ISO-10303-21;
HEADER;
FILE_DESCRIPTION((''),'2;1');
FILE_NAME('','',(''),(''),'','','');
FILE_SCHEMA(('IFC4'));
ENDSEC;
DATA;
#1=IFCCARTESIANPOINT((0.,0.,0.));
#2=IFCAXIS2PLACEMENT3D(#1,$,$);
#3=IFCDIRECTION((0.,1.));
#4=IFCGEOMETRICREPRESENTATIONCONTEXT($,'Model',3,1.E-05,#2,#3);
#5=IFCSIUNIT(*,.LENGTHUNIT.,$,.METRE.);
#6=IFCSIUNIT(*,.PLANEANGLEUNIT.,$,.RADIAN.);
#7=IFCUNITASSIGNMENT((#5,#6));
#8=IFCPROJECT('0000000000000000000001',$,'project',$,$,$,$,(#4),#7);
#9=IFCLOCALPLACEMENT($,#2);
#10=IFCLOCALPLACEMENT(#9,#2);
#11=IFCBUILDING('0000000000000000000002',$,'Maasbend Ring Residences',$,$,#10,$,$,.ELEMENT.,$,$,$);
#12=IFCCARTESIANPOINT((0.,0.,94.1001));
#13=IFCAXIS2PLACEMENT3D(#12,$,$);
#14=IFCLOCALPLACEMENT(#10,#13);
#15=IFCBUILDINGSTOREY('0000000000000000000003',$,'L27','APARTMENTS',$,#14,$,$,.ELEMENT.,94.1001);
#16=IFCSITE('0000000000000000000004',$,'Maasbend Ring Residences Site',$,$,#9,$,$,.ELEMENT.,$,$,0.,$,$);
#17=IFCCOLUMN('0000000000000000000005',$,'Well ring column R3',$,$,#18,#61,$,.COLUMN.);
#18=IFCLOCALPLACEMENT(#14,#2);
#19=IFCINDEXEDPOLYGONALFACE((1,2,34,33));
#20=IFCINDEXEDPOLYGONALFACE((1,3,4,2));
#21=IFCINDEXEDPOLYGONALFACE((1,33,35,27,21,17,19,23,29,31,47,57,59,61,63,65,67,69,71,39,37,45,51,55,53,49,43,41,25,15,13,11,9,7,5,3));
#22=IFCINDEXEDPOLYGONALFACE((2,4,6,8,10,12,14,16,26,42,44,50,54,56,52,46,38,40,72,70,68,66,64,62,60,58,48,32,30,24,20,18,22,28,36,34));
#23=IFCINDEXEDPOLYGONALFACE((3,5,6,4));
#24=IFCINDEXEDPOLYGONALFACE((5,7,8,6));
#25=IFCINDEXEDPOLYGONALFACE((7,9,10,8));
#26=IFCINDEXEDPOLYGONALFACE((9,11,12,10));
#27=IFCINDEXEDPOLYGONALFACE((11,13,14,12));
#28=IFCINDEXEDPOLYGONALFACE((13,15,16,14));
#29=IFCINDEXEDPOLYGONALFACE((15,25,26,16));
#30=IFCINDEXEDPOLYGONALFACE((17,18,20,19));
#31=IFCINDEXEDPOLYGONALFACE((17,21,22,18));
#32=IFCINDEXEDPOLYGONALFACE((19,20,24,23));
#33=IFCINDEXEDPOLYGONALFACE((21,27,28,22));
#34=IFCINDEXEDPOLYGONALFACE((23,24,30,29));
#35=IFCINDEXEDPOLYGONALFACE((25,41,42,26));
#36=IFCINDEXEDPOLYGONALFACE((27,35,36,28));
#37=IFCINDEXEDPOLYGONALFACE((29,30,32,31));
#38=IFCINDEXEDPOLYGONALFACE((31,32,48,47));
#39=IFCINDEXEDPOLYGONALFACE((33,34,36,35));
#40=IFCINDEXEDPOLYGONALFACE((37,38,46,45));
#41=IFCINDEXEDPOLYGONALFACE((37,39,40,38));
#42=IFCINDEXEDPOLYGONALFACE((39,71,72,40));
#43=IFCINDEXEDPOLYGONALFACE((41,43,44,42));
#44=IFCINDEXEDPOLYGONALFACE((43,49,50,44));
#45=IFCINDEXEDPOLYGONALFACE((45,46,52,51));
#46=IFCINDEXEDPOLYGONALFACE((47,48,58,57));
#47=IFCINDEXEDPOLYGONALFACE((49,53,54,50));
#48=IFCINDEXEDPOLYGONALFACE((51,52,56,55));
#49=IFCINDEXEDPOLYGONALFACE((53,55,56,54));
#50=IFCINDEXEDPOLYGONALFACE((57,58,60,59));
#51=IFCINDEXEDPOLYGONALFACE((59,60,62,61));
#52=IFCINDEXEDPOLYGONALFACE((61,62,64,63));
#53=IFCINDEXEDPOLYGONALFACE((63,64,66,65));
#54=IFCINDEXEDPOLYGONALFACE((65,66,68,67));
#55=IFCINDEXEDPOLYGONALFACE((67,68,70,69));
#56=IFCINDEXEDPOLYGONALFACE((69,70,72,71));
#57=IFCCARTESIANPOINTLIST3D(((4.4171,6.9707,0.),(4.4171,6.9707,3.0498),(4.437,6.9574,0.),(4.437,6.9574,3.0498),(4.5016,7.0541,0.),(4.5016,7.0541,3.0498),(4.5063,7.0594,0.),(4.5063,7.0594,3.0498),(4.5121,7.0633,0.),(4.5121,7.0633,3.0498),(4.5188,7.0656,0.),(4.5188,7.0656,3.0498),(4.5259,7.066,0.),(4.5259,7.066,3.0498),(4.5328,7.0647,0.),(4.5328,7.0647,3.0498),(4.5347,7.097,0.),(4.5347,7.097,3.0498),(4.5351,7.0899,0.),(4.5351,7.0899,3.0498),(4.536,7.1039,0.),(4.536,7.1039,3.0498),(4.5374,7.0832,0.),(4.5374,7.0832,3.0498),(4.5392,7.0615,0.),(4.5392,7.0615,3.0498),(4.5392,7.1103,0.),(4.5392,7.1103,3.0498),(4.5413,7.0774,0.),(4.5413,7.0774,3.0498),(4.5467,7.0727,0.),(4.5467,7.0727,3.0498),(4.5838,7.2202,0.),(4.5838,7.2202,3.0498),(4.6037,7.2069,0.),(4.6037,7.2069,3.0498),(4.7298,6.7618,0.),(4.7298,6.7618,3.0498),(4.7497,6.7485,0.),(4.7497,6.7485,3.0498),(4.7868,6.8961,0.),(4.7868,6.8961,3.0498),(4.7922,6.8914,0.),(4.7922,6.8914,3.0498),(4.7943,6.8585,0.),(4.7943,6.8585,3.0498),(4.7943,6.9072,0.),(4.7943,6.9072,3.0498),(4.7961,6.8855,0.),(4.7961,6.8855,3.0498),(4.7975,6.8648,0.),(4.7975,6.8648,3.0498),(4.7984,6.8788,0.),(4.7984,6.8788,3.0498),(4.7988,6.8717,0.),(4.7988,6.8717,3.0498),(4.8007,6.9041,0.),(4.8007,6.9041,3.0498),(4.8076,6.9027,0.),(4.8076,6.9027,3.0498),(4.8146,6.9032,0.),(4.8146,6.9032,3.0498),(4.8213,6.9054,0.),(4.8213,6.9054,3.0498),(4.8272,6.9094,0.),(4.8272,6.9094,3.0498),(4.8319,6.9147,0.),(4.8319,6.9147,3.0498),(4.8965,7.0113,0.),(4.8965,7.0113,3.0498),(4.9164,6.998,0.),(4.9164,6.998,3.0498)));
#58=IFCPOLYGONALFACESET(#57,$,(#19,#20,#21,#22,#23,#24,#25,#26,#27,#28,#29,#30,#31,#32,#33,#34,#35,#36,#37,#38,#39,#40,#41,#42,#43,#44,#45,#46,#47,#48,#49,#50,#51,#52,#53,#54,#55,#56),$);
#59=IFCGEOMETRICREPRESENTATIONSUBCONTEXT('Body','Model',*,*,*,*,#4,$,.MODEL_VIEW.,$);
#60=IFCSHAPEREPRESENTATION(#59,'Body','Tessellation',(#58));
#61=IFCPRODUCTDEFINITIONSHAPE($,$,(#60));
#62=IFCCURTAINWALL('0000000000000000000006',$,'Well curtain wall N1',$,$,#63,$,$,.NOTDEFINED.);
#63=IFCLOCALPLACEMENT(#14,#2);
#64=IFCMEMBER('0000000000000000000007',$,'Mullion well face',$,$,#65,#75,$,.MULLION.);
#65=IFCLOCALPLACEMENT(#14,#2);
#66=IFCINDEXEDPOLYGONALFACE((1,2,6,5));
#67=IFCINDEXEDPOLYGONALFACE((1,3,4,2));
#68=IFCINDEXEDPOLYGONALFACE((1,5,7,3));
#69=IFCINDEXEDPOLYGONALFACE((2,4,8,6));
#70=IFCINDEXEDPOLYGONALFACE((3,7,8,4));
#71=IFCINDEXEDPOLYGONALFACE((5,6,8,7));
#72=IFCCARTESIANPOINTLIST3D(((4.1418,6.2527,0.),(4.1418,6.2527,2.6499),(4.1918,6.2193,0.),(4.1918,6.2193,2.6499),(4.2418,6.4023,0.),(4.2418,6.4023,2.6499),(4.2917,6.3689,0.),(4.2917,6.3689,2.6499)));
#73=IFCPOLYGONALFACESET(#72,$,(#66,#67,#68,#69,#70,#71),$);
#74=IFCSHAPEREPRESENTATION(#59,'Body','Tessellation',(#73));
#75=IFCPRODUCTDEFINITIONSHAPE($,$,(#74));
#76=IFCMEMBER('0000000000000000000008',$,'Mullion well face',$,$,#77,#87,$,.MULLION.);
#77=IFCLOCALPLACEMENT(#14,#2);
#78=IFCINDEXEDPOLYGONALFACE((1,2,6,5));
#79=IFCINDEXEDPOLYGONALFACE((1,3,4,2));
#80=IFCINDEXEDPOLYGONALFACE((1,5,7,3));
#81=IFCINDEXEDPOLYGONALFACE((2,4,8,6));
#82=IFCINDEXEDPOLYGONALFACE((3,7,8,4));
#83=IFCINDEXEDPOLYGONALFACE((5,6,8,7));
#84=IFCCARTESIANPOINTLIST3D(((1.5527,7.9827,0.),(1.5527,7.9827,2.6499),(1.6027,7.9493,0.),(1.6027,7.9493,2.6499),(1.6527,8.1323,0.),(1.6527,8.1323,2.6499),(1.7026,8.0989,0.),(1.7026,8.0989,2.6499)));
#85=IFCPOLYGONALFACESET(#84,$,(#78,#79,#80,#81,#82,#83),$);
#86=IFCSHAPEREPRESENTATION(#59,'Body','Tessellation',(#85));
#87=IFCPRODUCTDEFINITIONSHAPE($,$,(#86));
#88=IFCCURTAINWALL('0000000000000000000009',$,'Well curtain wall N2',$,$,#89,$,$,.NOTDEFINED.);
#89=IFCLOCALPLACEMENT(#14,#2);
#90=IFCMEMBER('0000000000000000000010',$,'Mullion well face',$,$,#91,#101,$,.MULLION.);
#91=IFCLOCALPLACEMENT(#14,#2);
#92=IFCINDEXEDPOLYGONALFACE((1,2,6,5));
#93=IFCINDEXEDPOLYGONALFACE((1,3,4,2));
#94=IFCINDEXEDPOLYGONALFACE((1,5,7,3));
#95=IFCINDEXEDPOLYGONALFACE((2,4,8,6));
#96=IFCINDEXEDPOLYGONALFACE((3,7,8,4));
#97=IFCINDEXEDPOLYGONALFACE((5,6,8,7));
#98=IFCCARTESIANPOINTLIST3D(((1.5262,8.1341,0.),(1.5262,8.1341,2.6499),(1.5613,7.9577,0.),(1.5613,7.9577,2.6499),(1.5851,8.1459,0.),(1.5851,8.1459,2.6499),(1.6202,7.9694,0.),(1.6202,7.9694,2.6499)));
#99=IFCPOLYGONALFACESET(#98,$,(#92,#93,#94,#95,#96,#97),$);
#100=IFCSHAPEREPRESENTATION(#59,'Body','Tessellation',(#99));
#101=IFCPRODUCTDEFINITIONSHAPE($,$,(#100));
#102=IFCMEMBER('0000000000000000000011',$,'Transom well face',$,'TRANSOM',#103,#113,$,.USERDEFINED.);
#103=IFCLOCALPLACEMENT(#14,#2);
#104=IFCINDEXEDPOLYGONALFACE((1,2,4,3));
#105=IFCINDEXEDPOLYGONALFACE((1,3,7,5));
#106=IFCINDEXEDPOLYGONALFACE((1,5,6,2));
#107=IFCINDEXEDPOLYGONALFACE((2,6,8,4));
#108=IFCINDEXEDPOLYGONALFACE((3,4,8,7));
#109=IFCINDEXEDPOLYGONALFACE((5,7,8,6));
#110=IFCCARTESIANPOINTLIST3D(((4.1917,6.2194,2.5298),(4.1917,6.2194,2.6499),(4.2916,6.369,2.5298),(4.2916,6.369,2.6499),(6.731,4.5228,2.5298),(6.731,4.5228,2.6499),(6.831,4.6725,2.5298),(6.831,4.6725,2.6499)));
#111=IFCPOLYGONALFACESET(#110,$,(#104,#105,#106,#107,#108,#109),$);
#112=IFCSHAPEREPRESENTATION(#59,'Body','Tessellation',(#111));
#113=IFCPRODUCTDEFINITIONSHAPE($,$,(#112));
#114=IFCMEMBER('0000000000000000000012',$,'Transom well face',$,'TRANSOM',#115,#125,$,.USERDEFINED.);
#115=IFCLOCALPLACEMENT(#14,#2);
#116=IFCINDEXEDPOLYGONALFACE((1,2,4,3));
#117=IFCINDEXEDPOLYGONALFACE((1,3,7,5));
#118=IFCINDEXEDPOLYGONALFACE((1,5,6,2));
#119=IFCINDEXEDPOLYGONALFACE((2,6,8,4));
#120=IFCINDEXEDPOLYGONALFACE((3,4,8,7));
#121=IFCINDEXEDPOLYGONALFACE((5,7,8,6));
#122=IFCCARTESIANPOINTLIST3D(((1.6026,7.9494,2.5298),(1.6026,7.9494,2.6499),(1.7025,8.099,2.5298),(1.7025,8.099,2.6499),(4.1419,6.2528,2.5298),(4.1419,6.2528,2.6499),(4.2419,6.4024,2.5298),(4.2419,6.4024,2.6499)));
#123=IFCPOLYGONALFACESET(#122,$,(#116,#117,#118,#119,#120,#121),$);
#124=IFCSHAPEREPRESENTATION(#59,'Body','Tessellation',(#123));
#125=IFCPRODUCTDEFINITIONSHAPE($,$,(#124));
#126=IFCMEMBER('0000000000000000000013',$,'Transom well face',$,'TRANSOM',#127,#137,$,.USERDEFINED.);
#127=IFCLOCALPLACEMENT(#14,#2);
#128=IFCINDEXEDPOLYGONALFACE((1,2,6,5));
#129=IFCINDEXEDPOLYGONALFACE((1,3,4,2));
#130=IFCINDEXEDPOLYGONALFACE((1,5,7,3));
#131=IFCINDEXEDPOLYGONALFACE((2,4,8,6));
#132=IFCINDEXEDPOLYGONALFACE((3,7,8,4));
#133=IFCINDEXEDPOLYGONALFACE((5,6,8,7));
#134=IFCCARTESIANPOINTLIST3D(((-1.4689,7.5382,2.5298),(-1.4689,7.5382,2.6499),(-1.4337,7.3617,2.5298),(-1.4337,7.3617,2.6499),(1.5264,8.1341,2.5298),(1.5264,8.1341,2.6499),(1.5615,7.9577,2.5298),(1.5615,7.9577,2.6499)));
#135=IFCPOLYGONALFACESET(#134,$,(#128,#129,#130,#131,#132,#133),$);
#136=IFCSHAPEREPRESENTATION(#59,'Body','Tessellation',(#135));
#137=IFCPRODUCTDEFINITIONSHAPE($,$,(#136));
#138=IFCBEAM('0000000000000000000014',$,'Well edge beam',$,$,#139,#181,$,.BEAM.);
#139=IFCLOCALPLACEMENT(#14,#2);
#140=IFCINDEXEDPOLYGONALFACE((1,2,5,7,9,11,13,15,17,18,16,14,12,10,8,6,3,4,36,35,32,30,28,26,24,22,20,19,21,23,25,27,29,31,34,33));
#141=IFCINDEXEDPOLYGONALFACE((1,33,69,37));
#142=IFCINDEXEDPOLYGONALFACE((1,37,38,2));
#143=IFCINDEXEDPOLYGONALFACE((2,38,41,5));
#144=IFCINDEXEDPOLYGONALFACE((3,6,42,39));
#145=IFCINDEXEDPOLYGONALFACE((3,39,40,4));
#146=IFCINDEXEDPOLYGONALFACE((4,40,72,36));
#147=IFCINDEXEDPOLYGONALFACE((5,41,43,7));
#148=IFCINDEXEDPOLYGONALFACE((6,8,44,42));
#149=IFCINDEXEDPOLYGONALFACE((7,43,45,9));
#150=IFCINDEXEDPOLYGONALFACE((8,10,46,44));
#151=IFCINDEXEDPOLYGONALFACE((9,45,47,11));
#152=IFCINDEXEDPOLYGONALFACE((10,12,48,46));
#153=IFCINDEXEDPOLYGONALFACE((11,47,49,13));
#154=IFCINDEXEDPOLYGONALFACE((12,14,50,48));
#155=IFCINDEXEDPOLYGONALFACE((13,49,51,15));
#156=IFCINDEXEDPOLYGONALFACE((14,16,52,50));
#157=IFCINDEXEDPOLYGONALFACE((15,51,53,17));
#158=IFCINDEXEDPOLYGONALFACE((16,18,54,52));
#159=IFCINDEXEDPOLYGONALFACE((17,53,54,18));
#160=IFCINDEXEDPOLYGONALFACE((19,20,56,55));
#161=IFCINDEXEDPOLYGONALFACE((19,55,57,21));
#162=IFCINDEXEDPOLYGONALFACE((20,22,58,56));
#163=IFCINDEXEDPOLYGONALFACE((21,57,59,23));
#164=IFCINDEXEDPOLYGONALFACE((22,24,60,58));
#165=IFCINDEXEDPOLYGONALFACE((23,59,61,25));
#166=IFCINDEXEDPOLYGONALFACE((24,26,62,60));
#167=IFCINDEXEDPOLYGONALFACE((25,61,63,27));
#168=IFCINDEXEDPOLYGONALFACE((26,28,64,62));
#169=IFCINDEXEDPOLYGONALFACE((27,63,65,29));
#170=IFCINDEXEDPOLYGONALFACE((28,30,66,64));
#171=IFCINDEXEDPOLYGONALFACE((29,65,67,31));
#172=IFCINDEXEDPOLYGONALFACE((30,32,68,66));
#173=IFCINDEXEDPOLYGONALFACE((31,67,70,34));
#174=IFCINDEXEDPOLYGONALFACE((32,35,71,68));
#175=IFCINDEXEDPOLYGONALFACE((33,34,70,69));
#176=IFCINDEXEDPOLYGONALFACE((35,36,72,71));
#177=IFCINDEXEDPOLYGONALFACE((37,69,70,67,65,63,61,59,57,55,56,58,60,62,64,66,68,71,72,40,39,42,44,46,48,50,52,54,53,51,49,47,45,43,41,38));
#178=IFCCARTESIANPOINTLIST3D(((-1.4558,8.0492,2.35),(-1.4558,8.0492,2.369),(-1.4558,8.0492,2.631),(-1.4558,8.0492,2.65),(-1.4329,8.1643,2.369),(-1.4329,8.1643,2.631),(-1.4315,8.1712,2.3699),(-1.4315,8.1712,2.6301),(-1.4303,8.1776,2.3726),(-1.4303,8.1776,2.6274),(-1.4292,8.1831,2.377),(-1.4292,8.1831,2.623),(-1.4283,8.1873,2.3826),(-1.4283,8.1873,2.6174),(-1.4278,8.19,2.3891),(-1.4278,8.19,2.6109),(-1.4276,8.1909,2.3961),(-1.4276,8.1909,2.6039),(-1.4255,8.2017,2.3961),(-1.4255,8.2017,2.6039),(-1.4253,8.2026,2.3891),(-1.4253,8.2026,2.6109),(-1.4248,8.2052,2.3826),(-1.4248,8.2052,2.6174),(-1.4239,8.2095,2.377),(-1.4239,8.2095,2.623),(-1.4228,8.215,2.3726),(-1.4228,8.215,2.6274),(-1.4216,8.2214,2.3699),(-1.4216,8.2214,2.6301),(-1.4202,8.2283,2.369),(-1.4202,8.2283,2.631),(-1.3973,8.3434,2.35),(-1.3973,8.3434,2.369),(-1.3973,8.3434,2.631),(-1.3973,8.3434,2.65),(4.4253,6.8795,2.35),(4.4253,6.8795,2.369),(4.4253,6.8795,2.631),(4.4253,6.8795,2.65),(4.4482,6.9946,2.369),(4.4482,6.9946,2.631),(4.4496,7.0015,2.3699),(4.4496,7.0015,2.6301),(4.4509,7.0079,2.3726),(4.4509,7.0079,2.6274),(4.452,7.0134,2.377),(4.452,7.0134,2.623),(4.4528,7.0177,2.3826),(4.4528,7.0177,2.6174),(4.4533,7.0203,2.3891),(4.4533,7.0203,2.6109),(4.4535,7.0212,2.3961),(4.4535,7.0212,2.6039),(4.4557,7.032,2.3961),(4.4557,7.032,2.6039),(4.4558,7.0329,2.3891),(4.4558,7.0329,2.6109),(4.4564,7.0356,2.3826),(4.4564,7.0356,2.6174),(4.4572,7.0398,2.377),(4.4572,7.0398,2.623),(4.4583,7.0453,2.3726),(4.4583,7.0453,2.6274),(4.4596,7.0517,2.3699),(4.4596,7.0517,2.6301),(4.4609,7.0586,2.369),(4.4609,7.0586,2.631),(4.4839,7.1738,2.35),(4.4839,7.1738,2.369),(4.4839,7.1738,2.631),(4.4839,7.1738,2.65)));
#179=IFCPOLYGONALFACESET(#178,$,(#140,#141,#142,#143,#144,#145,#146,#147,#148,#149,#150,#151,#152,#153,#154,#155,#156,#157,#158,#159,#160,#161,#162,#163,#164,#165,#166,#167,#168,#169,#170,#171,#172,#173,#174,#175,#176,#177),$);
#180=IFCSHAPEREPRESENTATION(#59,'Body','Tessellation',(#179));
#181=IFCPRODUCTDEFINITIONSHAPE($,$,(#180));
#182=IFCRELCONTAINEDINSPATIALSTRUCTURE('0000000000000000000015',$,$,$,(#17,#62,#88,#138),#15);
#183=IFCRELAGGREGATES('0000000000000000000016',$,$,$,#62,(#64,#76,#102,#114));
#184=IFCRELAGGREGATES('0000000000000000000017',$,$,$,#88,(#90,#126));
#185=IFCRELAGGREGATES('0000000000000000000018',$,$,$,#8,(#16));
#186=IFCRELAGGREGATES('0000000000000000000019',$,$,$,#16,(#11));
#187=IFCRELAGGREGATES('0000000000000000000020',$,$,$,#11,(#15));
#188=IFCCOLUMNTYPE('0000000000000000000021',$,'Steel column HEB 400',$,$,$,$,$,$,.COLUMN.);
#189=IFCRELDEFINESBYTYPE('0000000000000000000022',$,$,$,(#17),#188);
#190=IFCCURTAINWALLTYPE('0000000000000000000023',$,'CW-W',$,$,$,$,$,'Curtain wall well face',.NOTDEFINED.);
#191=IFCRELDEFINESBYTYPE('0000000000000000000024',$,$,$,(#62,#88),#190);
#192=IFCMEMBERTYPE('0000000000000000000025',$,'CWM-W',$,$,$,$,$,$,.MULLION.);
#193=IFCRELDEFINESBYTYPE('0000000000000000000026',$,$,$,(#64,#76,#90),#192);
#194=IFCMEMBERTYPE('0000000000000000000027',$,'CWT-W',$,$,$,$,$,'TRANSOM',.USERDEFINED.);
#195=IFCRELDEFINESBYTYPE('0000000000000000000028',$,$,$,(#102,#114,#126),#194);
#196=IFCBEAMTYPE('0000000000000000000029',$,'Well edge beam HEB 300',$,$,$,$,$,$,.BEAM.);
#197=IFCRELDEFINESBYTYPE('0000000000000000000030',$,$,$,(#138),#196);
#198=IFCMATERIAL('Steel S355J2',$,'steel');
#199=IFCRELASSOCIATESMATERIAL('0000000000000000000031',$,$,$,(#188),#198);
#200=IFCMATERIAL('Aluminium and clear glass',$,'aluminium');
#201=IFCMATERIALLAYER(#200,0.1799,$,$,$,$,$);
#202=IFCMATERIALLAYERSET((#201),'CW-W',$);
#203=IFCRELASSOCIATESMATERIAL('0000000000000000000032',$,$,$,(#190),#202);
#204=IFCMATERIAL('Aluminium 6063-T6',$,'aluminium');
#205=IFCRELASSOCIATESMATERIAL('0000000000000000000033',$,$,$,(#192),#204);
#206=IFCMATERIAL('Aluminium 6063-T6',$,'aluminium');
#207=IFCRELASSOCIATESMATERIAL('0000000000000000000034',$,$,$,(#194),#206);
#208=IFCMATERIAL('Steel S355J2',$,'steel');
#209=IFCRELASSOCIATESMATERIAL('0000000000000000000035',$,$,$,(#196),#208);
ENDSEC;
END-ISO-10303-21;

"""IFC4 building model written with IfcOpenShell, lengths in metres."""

from ifc_helpers import new_model, si_unit, direction, frame, origin, origin_2d, place, context, subcontext, project, spatial, rectangle, i_section, extrude, material, layer, layer_set, material_profile, profile_set, type_object, element, aggregate, save


model = new_model("IFC4")

# Units and contexts
model_context = context("Model", 3, precision=1e-05, world=origin(), true_north=direction((0.0, 1.0)))
body_context = subcontext(model_context, "Body", "Model", "MODEL_VIEW")
ifc_project = project(units=[si_unit("LENGTHUNIT", "METRE"), si_unit("PLANEANGLEUNIT", "RADIAN")], contexts=[model_context])

# Site, building, storey
site_placement = place(None, origin())
site = spatial("IfcSite", under=ifc_project, at=site_placement, Name="Maasbend Ring Residences Site", CompositionType="ELEMENT", RefElevation=0.0)
building_placement = place(site_placement, origin())
building = spatial("IfcBuilding", under=site, at=building_placement, Name="Maasbend Ring Residences", CompositionType="ELEMENT")
storey_placement = place(building_placement, frame((0.0, 0.0, 94.1001)))
storey = spatial("IfcBuildingStorey", under=building, at=storey_placement, Name="L27", Description="APARTMENTS", CompositionType="ELEMENT", Elevation=94.1001)

# Column
ifc_material_1 = material(Name="Steel S355J2", Category="steel")
ifc_material_profile_1 = material_profile(ifc_material_1, i_section(OverallWidth=0.3, OverallDepth=0.3999, WebThickness=0.0134, FlangeThickness=0.0239, FilletRadius=0.0271, at=origin_2d()), Name="HEB 400")
ifc_profile_set_1 = profile_set([ifc_material_profile_1], Name="Steel S355J2")
column_type = type_object("IfcColumnType", Name="Steel column HEB 400", PredefinedType="COLUMN", material=ifc_profile_set_1)
column_placement = place(storey_placement, frame((4.6667, 6.9844, 0.0), z_axis=(0.0, 0.0, 1.0), x_axis=(0.55557, 0.83147, 0.0)))
element("IfcColumn", 1, at=column_placement, inside=storey, type_object=column_type, Name="Well ring column R3", PredefinedType="COLUMN", context=body_context, shape_type="SweptSolid", body=[
    extrude(i_section(OverallWidth=0.3, OverallDepth=0.3999, WebThickness=0.0134, FlangeThickness=0.0239, FilletRadius=0.0271, at=origin_2d()), origin(), (0.0, 0.0, 1.0), 3.0498),
])

# Curtain wall, members
ifc_material_2 = material(Name="Aluminium and clear glass", Category="aluminium")
ifc_layer_1 = layer(ifc_material_2, 0.1799)
ifc_layer_set_1 = layer_set([ifc_layer_1], Name="CW-W")
curtain_wall_type = type_object("IfcCurtainWallType", Name="CW-W", ElementType="Curtain wall well face", PredefinedType="NOTDEFINED", material=ifc_layer_set_1)
curtain_wall_1_placement = place(storey_placement, origin())
curtain_wall_1 = element("IfcCurtainWall", 2, at=curtain_wall_1_placement, inside=storey, type_object=curtain_wall_type, Name="Well curtain wall N1", PredefinedType="NOTDEFINED")
ifc_material_3 = material(Name="Aluminium 6063-T6", Category="aluminium")
ifc_material_profile_2 = material_profile(ifc_material_3, rectangle(XDim=0.1799, YDim=0.0601, at=origin_2d()), Name="AL 180x60")
ifc_profile_set_2 = profile_set([ifc_material_profile_2], Name="Aluminium 6063-T6")
member_type_1 = type_object("IfcMemberType", Name="CWM-W", PredefinedType="MULLION", material=ifc_profile_set_2)
member_1_placement = place(storey_placement, frame((4.2168, 6.3108, 0.0), z_axis=(0.0, 0.0, 1.0), x_axis=(-0.55557, -0.83147, 0.0)))
member_1 = element("IfcMember", 3, at=member_1_placement, type_object=member_type_1, Name="Mullion well face", PredefinedType="MULLION", context=body_context, shape_type="SweptSolid", body=[
    extrude(rectangle(XDim=0.1799, YDim=0.0601, at=origin_2d()), origin(), (0.0, 0.0, 1.0), 2.6499),
])
member_2_placement = place(storey_placement, frame((1.6277, 8.0408, 0.0), z_axis=(0.0, 0.0, 1.0), x_axis=(-0.55557, -0.83147, 0.0)))
member_2 = element("IfcMember", 4, at=member_2_placement, type_object=member_type_1, Name="Mullion well face", PredefinedType="MULLION", context=body_context, shape_type="SweptSolid", body=[
    extrude(rectangle(XDim=0.1799, YDim=0.0601, at=origin_2d()), origin(), (0.0, 0.0, 1.0), 2.6499),
])

# Curtain wall, member
curtain_wall_2_placement = place(storey_placement, origin())
curtain_wall_2 = element("IfcCurtainWall", 5, at=curtain_wall_2_placement, inside=storey, type_object=curtain_wall_type, Name="Well curtain wall N2", PredefinedType="NOTDEFINED")
member_3_placement = place(storey_placement, frame((1.5732, 8.0518, 0.0), z_axis=(0.0, 0.0, 1.0), x_axis=(0.19509, -0.980785, 0.0)))
member_3 = element("IfcMember", 6, at=member_3_placement, type_object=member_type_1, Name="Mullion well face", PredefinedType="MULLION", context=body_context, shape_type="SweptSolid", body=[
    extrude(rectangle(XDim=0.1799, YDim=0.0601, at=origin_2d()), origin(), (0.0, 0.0, 1.0), 2.6499),
])

# Members
ifc_material_4 = material(Name="Aluminium 6063-T6", Category="aluminium")
ifc_material_profile_3 = material_profile(ifc_material_4, rectangle(XDim=0.1799, YDim=0.1201, at=origin_2d()), Name="AL 180x120")
ifc_profile_set_3 = profile_set([ifc_material_profile_3], Name="Aluminium 6063-T6")
member_type_2 = type_object("IfcMemberType", Name="CWT-W", ElementType="TRANSOM", PredefinedType="USERDEFINED", material=ifc_profile_set_3)
member_4_placement = place(storey_placement, frame((6.781, 4.5977, 2.5898), z_axis=(-0.831496, 0.55553, 0.0), x_axis=(-0.55553, -0.831496, 0.0)))
member_4 = element("IfcMember", 7, at=member_4_placement, type_object=member_type_2, Name="Transom well face", ObjectType="TRANSOM", PredefinedType="USERDEFINED", context=body_context, shape_type="SweptSolid", body=[
    extrude(rectangle(XDim=0.1799, YDim=0.1201, at=origin_2d()), origin(), (0.0, 0.0, 1.0), 3.054),
])
member_5_placement = place(storey_placement, frame((4.1919, 6.3276, 2.5898), z_axis=(-0.831496, 0.55553, 0.0), x_axis=(-0.55553, -0.831496, 0.0)))
member_5 = element("IfcMember", 8, at=member_5_placement, type_object=member_type_2, Name="Transom well face", ObjectType="TRANSOM", PredefinedType="USERDEFINED", context=body_context, shape_type="SweptSolid", body=[
    extrude(rectangle(XDim=0.1799, YDim=0.1201, at=origin_2d()), origin(), (0.0, 0.0, 1.0), 3.054),
])
member_6_placement = place(storey_placement, frame((1.5439, 8.0459, 2.5898), z_axis=(-0.980777, -0.195132, 0.0), x_axis=(0.195132, -0.980777, 0.0)))
member_6 = element("IfcMember", 9, at=member_6_placement, type_object=member_type_2, Name="Transom well face", ObjectType="TRANSOM", PredefinedType="USERDEFINED", context=body_context, shape_type="SweptSolid", body=[
    extrude(rectangle(XDim=0.1799, YDim=0.1201, at=origin_2d()), origin(), (0.0, 0.0, 1.0), 3.054),
])

# Beam
ifc_material_5 = material(Name="Steel S355J2", Category="steel")
ifc_material_profile_4 = material_profile(ifc_material_5, i_section(OverallWidth=0.3, OverallDepth=0.3, WebThickness=0.011, FlangeThickness=0.019, FilletRadius=0.0271, at=origin_2d()), Name="HEB 300")
ifc_profile_set_4 = profile_set([ifc_material_profile_4], Name="Steel S355J2")
beam_type = type_object("IfcBeamType", Name="Well edge beam HEB 300", PredefinedType="BEAM", material=ifc_profile_set_4)
beam_placement = place(storey_placement, frame((4.4546, 7.0266, 2.5), z_axis=(-0.98079, 0.195067, 0.0), x_axis=(-0.195067, -0.98079, 0.0)))
element("IfcBeam", 10, at=beam_placement, inside=storey, type_object=beam_type, Name="Well edge beam", PredefinedType="BEAM", context=body_context, shape_type="SweptSolid", body=[
    extrude(i_section(OverallWidth=0.3, OverallDepth=0.3, WebThickness=0.011, FlangeThickness=0.019, FilletRadius=0.0271, at=origin_2d()), origin(), (0.0, 0.0, 1.0), 5.9963),
])

aggregate(curtain_wall_1, [member_1, member_2, member_4, member_5])
aggregate(curtain_wall_2, [member_3, member_6])

save(model, "model.ifc")
